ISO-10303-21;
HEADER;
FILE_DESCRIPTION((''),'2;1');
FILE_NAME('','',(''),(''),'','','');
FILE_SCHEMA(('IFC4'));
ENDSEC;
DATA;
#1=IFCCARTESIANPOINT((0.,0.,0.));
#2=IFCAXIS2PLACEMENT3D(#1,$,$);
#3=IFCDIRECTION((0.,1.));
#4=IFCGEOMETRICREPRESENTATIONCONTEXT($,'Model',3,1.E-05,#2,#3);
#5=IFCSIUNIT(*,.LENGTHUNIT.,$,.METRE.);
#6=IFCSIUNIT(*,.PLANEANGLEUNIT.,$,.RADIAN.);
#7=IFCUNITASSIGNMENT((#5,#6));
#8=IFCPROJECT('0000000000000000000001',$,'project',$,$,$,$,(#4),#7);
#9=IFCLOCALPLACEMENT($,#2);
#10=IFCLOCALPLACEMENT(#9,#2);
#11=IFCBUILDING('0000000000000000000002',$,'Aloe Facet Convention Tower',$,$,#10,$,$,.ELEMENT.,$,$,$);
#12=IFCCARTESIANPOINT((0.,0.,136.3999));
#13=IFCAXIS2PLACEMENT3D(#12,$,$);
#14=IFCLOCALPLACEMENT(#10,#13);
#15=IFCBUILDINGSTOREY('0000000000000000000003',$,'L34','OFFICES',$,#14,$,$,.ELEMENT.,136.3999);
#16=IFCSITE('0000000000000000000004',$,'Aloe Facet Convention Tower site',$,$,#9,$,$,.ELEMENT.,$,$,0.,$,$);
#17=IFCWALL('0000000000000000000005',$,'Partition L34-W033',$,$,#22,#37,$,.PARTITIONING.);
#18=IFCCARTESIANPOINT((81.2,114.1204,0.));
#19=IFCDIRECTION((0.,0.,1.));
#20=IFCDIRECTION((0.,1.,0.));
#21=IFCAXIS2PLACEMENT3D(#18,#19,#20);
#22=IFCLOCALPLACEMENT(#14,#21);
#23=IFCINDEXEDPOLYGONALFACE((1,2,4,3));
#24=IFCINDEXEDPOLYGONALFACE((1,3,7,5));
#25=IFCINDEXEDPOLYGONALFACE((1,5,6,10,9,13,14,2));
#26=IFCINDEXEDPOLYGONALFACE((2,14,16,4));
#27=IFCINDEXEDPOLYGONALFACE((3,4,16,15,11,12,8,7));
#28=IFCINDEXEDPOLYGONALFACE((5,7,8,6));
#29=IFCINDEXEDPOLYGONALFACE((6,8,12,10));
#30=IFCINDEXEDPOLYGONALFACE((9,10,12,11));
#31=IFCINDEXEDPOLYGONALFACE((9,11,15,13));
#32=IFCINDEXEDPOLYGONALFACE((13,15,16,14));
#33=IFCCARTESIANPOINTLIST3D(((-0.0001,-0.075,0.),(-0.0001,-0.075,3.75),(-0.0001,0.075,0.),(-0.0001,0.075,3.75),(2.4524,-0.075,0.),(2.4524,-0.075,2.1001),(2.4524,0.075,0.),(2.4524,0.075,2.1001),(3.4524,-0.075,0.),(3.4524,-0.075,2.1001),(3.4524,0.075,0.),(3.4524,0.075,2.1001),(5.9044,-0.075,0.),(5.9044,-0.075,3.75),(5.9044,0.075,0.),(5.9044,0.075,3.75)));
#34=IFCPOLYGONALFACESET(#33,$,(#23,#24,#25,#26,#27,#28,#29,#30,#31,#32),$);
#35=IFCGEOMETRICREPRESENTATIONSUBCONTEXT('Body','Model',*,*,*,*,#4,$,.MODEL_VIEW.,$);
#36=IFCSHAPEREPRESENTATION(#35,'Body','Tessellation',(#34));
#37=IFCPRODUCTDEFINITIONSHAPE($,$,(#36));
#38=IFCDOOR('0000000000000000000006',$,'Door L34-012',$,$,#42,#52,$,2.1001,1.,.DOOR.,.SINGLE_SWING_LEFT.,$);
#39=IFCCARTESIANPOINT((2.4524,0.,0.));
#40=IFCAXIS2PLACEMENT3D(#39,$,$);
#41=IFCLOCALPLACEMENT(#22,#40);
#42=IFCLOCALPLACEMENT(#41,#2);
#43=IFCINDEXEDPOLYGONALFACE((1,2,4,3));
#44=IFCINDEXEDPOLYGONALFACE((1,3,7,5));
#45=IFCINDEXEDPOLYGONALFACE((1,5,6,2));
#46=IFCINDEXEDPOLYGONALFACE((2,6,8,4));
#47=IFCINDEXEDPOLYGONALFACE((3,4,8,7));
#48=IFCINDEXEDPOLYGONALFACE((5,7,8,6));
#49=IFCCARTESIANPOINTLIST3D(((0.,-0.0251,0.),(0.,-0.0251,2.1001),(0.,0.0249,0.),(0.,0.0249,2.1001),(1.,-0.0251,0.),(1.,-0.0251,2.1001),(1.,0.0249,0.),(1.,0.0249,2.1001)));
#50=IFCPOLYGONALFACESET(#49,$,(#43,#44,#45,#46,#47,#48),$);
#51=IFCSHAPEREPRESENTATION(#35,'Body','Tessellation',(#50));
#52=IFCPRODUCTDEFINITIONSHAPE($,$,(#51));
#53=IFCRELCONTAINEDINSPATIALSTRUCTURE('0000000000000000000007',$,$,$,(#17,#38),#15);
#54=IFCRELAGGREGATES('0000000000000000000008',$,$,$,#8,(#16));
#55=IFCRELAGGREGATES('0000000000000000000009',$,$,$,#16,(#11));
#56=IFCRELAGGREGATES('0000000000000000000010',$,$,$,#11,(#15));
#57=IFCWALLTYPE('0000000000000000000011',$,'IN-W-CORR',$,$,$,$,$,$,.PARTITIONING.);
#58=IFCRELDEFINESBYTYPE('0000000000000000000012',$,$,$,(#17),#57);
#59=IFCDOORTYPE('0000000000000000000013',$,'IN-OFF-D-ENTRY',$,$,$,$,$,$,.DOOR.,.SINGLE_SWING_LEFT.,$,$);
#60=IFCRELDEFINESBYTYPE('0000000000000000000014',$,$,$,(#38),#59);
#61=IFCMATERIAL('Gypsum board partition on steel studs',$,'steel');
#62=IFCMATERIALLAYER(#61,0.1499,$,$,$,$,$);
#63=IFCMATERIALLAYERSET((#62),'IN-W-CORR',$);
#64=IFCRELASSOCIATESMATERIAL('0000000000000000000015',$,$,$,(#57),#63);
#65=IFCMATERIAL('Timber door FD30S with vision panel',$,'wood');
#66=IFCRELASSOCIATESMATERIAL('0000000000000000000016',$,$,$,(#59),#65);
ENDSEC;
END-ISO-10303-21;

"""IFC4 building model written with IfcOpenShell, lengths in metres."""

from ifc_helpers import new_model, si_unit, direction, frame, frame_2d, origin, place, context, subcontext, project, spatial, rectangle, extrude, material, layer, layer_set, type_object, element, fill, save


model = new_model("IFC4")

# Units and contexts
model_context = context("Model", 3, precision=1e-05, world=origin(), true_north=direction((0.0, 1.0)))
body_context = subcontext(model_context, "Body", "Model", "MODEL_VIEW")
ifc_project = project(units=[si_unit("LENGTHUNIT", "METRE"), si_unit("PLANEANGLEUNIT", "RADIAN")], contexts=[model_context])

# Site, building, storey
site_placement = place(None, origin())
site = spatial("IfcSite", under=ifc_project, at=site_placement, Name="Aloe Facet Convention Tower site", CompositionType="ELEMENT", RefElevation=0.0)
building_placement = place(site_placement, origin())
building = spatial("IfcBuilding", under=site, at=building_placement, Name="Aloe Facet Convention Tower", CompositionType="ELEMENT")
storey_placement = place(building_placement, frame((0.0, 0.0, 136.3999)))
storey = spatial("IfcBuildingStorey", under=building, at=storey_placement, Name="L34", Description="OFFICES", CompositionType="ELEMENT", Elevation=136.3999)

# Shared definitions
ifc_material_1 = material(Name="Gypsum board partition on steel studs", Category="steel")
ifc_layer_1 = layer(ifc_material_1, 0.1499)
ifc_layer_set_1 = layer_set([ifc_layer_1], Name="IN-W-CORR")
wall_type_1 = type_object("IfcWallType", Name="IN-W-CORR", PredefinedType="PARTITIONING", material=ifc_layer_set_1)

# Wall, opening, door
wall_1_placement = place(storey_placement, frame((81.2, 114.1204, 0.0), z_axis=(0.0, 0.0, 1.0), x_axis=(0.0, 1.0, 0.0)))
wall_1 = element("IfcWall", 1, at=wall_1_placement, inside=storey, type_object=wall_type_1, Name="Partition L34-W033", PredefinedType="PARTITIONING", context=body_context, shape_type="SweptSolid", body=[
    extrude(rectangle(XDim=5.9045, YDim=0.1499, at=frame_2d((2.9521, 0.0))), origin(), (0.0, 0.0, 1.0), 3.75),
])
opening_1_placement = place(wall_1_placement, frame((2.4524, 0.0, 0.0)))
opening_1 = element("IfcOpeningElement", 2, at=opening_1_placement, cuts=wall_1, PredefinedType="OPENING", context=body_context, shape_type="SweptSolid", body=[
    extrude(rectangle(XDim=1.0, YDim=2.1001, at=frame_2d((0.5, 1.05))), frame((0.0, 0.085, 0.0), z_axis=(0.0, -1.0, 0.0), x_axis=(1.0, 0.0, 0.0)), (0.0, 0.0, 1.0), 0.1699),
])
ifc_material_2 = material(Name="Timber door FD30S with vision panel", Category="wood")
door_type_1 = type_object("IfcDoorType", Name="IN-OFF-D-ENTRY", OperationType="SINGLE_SWING_LEFT", PredefinedType="DOOR", material=ifc_material_2)
door_1_placement = place(opening_1_placement, origin())
door_1 = element("IfcDoor", 3, at=door_1_placement, inside=storey, type_object=door_type_1, Name="Door L34-012", OperationType="SINGLE_SWING_LEFT", OverallHeight=2.1001, OverallWidth=1.0, PredefinedType="DOOR", context=body_context, shape_type="SweptSolid", body=[
    extrude(rectangle(XDim=1.0, YDim=2.1001, at=frame_2d((0.5, 1.05))), frame((0.0, 0.0249, 0.0), z_axis=(0.0, -1.0, 0.0), x_axis=(1.0, 0.0, 0.0)), (0.0, 0.0, 1.0), 0.05),
])
fill(opening_1, door_1)

save(model, "model.ifc")
